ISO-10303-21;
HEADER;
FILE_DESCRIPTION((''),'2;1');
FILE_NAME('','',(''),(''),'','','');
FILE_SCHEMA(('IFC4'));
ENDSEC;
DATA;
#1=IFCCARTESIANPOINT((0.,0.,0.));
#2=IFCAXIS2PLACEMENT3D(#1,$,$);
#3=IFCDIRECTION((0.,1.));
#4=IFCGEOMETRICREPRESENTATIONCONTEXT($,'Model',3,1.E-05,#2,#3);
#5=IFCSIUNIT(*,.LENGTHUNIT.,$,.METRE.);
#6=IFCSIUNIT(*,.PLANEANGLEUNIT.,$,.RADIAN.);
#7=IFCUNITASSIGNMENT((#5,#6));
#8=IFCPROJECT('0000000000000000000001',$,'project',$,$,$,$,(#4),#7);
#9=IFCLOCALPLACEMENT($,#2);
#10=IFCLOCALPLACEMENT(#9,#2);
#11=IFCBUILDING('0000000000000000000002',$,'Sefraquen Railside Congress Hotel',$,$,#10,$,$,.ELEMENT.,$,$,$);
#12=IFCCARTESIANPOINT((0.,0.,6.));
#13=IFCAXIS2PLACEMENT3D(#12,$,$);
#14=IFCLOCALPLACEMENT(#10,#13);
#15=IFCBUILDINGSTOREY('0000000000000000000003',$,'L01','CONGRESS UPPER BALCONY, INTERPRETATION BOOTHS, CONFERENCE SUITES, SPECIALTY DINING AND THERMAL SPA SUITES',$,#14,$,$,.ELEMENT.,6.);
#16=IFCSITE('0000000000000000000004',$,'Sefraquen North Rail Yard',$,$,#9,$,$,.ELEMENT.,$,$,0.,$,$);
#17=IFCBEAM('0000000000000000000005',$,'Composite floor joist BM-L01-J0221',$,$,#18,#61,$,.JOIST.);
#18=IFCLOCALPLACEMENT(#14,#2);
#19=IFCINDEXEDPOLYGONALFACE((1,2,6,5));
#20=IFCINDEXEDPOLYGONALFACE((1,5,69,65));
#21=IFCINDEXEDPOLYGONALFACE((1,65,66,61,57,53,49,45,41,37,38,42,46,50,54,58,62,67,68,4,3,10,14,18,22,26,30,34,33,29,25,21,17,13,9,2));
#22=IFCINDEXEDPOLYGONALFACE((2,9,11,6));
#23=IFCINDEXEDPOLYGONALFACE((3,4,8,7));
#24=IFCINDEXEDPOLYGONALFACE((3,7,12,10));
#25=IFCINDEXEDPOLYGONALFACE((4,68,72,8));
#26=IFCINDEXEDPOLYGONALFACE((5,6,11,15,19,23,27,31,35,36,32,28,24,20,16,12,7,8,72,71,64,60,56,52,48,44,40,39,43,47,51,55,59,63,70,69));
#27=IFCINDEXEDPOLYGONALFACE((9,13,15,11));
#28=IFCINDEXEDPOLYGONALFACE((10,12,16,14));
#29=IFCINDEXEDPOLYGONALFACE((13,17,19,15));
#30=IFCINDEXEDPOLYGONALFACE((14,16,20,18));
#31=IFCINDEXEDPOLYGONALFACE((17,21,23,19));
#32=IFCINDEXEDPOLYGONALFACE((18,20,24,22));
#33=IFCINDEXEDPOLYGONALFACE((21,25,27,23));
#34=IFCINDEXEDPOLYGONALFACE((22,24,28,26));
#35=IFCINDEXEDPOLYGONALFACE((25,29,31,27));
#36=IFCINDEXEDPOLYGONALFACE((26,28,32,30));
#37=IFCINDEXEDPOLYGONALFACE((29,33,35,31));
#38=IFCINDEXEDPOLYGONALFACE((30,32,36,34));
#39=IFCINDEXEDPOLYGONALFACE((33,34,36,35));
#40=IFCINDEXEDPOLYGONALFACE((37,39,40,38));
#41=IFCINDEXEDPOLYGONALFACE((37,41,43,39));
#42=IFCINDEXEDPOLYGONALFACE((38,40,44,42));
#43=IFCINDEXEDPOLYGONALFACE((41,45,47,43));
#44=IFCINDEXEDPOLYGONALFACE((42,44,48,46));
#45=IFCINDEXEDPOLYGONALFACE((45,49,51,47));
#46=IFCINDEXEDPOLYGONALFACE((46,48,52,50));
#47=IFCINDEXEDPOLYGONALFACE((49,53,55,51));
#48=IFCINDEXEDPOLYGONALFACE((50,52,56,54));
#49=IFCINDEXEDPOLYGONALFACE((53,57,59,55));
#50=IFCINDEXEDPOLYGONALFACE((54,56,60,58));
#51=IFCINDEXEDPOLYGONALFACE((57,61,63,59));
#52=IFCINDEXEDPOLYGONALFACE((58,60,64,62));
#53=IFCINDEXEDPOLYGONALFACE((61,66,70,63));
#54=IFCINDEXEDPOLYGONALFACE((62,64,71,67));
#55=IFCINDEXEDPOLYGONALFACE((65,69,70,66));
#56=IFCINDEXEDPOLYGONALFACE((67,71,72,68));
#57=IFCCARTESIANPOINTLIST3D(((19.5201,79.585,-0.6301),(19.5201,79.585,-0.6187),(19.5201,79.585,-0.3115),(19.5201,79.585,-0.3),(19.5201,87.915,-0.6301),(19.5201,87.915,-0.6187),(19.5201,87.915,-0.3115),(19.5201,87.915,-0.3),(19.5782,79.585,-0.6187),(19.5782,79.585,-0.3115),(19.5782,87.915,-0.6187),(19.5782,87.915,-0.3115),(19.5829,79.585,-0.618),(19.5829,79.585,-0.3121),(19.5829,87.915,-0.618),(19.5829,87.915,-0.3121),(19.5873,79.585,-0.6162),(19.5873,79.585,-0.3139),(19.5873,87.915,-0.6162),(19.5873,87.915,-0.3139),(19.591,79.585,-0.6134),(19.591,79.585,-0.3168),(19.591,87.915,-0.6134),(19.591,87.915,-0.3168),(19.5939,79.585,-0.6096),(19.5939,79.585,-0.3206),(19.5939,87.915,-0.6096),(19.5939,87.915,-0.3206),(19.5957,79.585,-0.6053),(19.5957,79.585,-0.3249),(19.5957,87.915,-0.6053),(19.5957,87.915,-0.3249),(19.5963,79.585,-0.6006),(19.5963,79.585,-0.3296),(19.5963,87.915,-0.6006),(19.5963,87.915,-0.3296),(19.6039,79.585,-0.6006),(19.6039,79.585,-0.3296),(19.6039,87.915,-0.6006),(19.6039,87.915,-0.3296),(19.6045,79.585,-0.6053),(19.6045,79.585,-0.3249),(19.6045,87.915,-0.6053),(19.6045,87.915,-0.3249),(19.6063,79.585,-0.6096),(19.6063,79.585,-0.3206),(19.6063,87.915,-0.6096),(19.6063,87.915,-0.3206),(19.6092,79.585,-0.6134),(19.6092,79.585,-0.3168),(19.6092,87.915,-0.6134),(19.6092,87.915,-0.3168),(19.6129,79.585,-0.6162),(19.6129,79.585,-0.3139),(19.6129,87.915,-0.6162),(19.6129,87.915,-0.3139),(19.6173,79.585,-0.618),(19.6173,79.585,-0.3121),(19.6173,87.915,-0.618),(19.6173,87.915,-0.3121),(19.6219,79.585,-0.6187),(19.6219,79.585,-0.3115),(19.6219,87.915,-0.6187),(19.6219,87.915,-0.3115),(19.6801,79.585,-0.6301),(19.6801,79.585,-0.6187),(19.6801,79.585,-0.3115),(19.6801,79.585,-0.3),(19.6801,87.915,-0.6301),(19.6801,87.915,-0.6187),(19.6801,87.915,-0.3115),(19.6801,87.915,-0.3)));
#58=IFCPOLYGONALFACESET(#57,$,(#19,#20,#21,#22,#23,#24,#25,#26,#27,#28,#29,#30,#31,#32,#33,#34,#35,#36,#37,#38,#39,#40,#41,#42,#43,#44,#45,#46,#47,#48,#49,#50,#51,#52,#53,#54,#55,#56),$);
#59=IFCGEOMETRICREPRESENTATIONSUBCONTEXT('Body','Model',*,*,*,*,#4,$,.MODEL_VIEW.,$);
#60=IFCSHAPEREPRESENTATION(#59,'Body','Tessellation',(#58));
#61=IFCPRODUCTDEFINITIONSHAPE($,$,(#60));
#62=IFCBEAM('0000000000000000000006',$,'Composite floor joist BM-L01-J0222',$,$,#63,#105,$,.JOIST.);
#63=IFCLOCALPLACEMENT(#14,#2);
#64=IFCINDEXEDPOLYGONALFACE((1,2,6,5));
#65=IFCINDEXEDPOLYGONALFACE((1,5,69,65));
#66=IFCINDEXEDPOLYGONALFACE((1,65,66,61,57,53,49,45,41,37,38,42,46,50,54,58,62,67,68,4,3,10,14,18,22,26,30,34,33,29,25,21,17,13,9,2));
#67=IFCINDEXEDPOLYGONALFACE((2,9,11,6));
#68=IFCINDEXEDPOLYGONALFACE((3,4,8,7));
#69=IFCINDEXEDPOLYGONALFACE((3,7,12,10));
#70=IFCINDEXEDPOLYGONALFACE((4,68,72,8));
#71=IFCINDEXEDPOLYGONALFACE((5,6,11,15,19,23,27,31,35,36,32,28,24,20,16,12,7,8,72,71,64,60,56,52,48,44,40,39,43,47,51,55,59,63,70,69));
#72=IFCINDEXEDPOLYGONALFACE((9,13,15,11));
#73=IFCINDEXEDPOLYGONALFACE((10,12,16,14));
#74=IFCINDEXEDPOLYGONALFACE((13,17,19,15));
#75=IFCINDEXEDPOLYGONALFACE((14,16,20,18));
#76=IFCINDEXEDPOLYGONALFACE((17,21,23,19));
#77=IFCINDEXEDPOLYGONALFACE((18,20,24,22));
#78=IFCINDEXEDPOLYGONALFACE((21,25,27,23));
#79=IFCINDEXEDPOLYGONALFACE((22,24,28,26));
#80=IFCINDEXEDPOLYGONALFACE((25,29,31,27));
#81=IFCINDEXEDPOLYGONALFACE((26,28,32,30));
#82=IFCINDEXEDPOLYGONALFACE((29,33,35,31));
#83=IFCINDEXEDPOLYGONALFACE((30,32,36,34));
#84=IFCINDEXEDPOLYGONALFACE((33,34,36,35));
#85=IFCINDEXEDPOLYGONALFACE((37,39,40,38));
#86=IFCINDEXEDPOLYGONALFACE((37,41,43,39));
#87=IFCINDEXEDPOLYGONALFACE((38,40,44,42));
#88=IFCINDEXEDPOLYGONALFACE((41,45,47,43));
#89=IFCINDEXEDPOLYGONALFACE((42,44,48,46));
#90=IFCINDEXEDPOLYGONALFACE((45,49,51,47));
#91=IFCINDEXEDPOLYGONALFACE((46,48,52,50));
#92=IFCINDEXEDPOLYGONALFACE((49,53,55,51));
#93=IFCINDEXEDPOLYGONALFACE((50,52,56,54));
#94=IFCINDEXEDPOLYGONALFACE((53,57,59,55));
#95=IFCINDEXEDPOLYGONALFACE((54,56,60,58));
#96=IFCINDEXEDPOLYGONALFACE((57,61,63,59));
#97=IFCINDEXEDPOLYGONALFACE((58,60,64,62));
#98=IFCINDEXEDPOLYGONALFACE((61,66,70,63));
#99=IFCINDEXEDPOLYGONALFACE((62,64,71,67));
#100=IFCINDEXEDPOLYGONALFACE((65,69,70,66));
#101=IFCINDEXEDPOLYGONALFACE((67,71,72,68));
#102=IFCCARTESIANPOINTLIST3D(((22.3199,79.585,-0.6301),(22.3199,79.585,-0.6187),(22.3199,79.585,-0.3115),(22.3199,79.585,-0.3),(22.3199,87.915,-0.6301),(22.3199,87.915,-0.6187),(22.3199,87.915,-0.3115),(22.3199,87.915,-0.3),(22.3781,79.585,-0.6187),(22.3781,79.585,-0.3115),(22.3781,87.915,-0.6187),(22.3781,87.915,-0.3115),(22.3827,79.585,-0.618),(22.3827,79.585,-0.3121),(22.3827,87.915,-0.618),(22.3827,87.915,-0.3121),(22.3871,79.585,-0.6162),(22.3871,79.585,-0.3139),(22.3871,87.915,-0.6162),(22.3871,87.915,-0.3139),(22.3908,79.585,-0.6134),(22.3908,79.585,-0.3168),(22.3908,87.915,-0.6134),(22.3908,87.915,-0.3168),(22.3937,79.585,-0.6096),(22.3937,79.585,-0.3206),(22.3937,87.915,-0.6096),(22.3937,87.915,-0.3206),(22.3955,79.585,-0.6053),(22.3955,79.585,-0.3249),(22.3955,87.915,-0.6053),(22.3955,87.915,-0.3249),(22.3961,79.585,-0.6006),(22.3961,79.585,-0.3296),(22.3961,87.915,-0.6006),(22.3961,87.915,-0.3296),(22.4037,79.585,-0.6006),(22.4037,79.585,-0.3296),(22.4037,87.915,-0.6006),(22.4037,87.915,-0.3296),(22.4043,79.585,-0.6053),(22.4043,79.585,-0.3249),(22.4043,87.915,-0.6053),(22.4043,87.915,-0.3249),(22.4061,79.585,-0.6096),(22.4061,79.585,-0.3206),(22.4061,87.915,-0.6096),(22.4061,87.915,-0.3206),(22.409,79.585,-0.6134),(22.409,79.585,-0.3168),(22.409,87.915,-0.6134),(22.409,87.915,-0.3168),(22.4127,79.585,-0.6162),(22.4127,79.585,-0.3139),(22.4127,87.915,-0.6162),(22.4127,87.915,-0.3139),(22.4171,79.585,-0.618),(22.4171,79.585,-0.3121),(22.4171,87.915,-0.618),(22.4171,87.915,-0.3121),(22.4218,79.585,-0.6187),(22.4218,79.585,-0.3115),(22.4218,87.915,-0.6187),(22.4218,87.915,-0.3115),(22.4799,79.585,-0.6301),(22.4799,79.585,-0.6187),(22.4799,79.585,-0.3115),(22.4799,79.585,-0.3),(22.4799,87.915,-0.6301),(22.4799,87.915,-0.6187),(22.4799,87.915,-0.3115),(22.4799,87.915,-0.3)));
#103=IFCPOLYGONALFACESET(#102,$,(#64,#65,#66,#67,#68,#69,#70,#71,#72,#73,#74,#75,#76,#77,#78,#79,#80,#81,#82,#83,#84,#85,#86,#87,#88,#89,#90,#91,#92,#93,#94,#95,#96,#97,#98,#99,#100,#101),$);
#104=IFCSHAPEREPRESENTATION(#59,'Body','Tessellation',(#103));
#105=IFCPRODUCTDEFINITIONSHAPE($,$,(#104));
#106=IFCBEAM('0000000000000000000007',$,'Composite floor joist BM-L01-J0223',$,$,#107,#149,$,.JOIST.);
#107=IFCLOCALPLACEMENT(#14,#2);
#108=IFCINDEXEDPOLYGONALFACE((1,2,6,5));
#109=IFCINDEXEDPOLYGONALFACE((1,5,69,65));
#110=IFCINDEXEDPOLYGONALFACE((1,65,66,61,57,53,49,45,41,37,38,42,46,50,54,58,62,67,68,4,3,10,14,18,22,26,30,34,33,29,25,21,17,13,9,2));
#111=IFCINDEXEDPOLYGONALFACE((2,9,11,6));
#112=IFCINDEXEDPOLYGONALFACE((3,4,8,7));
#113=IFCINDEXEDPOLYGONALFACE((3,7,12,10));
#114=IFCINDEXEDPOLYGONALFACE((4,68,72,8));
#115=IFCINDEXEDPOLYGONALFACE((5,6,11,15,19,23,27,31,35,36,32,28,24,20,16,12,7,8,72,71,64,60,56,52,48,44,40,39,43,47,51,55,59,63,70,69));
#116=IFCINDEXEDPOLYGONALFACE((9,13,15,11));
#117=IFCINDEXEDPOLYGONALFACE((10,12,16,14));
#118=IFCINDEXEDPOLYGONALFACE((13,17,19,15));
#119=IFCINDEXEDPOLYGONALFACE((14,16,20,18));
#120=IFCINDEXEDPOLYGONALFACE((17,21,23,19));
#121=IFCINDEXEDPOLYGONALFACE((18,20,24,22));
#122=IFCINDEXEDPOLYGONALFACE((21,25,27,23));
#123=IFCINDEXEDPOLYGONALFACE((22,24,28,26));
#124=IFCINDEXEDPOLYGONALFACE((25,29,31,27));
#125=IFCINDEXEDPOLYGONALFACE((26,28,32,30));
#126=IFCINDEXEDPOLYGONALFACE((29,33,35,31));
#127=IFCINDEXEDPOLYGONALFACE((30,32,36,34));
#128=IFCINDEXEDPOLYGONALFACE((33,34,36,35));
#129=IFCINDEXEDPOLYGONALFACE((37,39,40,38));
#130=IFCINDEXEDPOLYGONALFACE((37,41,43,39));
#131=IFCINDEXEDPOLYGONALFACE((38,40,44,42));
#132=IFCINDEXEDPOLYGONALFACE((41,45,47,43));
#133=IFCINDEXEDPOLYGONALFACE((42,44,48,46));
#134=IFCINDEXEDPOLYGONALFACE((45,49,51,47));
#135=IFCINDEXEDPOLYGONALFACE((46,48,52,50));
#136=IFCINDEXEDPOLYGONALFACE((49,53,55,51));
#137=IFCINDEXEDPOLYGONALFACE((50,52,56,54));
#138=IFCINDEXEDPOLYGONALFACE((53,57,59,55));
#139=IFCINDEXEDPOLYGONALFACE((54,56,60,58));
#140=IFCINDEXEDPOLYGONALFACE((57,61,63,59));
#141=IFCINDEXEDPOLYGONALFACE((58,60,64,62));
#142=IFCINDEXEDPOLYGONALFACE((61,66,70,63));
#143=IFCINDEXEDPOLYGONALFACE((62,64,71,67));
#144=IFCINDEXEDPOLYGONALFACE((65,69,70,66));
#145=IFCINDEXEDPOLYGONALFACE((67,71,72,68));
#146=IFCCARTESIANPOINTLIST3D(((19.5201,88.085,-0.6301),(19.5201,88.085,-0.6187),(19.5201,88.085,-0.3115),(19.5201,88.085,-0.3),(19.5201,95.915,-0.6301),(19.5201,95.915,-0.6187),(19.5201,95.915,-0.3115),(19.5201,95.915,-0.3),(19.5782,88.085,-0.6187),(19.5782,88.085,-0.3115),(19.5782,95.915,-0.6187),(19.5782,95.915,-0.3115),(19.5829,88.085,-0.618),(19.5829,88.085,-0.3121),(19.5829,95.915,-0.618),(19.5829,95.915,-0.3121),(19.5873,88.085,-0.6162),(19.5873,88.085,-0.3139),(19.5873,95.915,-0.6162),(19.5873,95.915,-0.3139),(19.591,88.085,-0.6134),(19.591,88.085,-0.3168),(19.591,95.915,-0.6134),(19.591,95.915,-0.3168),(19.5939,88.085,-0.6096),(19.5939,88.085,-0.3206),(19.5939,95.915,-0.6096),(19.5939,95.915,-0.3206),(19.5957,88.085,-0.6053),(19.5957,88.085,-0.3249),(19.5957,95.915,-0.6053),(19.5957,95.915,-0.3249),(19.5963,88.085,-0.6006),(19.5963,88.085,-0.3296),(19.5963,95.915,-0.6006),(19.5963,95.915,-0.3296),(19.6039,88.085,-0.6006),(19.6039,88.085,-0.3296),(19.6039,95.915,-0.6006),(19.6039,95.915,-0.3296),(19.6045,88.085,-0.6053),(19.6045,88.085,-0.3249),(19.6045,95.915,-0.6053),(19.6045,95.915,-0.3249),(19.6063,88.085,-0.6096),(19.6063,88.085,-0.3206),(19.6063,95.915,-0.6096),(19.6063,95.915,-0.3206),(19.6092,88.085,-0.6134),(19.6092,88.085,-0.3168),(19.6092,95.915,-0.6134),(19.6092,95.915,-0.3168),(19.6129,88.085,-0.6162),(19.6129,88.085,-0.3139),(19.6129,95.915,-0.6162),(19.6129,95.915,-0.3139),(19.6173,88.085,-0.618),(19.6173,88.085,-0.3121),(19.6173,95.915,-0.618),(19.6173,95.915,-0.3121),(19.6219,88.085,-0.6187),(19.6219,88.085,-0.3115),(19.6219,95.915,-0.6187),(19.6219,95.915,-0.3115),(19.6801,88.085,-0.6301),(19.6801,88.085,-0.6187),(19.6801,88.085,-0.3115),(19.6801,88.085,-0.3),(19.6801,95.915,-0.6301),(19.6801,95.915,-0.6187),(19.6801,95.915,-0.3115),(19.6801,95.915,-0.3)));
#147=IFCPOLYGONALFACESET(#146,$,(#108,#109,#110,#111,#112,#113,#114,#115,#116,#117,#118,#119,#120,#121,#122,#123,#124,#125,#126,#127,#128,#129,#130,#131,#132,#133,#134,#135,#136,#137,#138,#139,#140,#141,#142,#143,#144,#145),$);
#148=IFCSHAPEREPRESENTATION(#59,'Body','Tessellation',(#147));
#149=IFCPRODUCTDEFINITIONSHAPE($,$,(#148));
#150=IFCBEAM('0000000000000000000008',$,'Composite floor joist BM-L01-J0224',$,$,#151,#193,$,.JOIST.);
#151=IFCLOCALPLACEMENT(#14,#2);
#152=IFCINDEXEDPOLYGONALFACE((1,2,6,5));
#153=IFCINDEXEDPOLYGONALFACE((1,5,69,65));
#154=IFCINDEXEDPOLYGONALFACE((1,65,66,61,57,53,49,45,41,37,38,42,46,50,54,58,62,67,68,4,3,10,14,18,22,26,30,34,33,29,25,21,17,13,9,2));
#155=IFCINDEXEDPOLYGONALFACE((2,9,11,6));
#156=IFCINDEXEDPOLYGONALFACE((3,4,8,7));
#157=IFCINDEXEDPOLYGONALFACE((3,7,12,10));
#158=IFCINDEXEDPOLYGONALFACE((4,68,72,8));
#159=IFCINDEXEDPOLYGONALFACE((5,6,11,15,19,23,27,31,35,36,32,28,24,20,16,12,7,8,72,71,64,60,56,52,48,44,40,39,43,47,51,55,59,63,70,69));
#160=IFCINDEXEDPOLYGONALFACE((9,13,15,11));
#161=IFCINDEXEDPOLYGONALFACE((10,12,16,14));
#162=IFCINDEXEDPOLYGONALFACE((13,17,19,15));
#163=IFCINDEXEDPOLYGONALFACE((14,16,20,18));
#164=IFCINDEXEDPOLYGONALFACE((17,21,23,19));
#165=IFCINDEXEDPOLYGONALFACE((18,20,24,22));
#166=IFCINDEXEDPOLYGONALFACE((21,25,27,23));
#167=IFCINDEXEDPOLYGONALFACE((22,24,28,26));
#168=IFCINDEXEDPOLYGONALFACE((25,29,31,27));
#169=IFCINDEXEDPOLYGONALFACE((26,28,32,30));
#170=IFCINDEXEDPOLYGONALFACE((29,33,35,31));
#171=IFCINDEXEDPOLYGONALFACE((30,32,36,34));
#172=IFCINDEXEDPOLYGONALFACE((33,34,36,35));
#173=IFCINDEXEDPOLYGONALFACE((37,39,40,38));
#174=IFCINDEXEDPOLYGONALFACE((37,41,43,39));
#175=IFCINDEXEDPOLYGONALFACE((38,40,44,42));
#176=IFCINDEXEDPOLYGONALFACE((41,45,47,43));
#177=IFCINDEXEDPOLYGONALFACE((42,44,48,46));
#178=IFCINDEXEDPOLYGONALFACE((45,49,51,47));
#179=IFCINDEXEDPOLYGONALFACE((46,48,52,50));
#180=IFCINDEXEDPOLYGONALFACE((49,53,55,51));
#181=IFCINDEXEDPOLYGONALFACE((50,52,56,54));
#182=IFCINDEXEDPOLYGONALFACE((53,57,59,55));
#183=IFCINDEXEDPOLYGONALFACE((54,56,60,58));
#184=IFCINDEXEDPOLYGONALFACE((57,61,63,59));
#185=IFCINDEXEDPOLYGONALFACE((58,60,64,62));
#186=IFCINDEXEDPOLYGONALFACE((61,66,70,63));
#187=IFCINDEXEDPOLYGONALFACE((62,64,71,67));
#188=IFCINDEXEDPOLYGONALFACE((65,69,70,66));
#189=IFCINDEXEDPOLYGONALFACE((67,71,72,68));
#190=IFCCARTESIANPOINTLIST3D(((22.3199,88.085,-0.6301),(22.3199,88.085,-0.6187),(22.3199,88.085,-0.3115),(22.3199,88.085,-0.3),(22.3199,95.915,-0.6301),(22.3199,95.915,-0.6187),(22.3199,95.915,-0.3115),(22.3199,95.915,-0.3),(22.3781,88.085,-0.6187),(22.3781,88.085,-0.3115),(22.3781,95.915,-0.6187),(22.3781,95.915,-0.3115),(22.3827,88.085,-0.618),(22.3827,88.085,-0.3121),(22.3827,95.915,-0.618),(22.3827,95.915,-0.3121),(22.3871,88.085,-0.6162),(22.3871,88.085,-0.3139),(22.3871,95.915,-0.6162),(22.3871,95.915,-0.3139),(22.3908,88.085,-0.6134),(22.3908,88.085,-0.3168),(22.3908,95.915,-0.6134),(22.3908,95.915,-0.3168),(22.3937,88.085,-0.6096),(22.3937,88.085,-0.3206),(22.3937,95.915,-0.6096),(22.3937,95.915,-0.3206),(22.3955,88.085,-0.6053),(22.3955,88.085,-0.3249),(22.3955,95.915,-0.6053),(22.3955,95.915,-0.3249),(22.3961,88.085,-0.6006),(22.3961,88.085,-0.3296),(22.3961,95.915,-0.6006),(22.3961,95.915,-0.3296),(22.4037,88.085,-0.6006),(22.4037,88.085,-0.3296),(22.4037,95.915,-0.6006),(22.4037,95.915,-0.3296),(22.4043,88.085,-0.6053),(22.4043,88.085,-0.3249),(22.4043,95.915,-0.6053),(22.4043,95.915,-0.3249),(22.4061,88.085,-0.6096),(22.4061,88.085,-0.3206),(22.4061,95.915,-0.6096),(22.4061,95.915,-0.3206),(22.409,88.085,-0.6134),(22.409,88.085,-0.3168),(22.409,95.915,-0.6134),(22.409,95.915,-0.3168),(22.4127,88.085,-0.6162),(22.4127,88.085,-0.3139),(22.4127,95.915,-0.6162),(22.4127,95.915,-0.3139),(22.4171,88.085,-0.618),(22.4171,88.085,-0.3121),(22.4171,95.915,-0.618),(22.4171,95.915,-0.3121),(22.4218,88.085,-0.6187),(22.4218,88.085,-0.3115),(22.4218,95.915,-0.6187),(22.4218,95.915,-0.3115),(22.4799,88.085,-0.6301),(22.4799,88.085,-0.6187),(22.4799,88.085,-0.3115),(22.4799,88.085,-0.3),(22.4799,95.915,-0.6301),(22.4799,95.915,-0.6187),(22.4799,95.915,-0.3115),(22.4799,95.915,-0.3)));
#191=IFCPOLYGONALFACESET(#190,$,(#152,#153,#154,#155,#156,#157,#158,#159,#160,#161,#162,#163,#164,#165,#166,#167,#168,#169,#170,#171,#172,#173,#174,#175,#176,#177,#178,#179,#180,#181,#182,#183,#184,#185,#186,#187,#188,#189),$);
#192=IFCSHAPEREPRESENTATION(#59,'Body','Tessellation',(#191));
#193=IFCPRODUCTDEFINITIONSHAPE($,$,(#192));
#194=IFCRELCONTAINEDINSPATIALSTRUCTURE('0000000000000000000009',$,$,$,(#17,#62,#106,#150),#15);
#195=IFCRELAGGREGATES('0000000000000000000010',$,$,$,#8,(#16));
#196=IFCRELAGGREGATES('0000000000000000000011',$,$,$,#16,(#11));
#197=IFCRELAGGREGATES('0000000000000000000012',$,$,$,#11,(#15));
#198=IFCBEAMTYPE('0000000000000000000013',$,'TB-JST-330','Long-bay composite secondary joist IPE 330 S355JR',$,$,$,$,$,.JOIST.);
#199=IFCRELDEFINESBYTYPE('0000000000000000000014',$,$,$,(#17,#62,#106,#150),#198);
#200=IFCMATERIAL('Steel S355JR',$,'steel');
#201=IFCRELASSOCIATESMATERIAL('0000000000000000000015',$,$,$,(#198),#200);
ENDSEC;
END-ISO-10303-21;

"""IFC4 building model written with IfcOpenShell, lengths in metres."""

from ifc_helpers import new_model, si_unit, direction, frame, origin, origin_2d, place, context, subcontext, project, spatial, i_section, extrude, material, material_profile, profile_set, type_object, element, save


model = new_model("IFC4")

# Units and contexts
model_context = context("Model", 3, precision=1e-05, world=origin(), true_north=direction((0.0, 1.0)))
body_context = subcontext(model_context, "Body", "Model", "MODEL_VIEW")
ifc_project = project(units=[si_unit("LENGTHUNIT", "METRE"), si_unit("PLANEANGLEUNIT", "RADIAN")], contexts=[model_context])

# Site, building, storey
site_placement = place(None, origin())
site = spatial("IfcSite", under=ifc_project, at=site_placement, Name="Sefraquen North Rail Yard", CompositionType="ELEMENT", RefElevation=0.0)
building_placement = place(site_placement, origin())
building = spatial("IfcBuilding", under=site, at=building_placement, Name="Sefraquen Railside Congress Hotel", CompositionType="ELEMENT")
storey_placement = place(building_placement, frame((0.0, 0.0, 6.0)))
storey = spatial("IfcBuildingStorey", under=building, at=storey_placement, Name="L01", Description="CONGRESS UPPER BALCONY, INTERPRETATION BOOTHS, CONFERENCE SUITES, SPECIALTY DINING AND THERMAL SPA SUITES", CompositionType="ELEMENT", Elevation=6.0)

# Shared definitions
ifc_material_1 = material(Name="Steel S355JR", Category="steel")

# Beams
ifc_material_profile_1 = material_profile(ifc_material_1, i_section(OverallWidth=0.1599, OverallDepth=0.3301, WebThickness=0.0076, FlangeThickness=0.0115, FilletRadius=0.0181, at=origin_2d()), Name="IPE 330")
ifc_profile_set_1 = profile_set([ifc_material_profile_1], Name="Steel S355JR")
beam_type_1 = type_object("IfcBeamType", Name="TB-JST-330", Description="Long-bay composite secondary joist IPE 330 S355JR", PredefinedType="JOIST", material=ifc_profile_set_1)
for number, where, z_axis, x_axis, name in (
    (1, (19.6001, 79.585, -0.4651), (0.0, 1.0, 0.0), (-1.0, 0.0, 0.0), "Composite floor joist BM-L01-J0221"),
    (2, (22.3999, 79.585, -0.4651), (0.0, 1.0, 0.0), (-1.0, 0.0, 0.0), "Composite floor joist BM-L01-J0222"),
):
    element("IfcBeam", number, at=place(storey_placement, frame(where, z_axis=z_axis, x_axis=x_axis)), inside=storey, type_object=beam_type_1, Name=name, PredefinedType="JOIST", context=body_context, shape_type="SweptSolid", body=[
        extrude(i_section(OverallWidth=0.1599, OverallDepth=0.3301, WebThickness=0.0076, FlangeThickness=0.0115, FilletRadius=0.0181, at=origin_2d()), origin(), (0.0, 0.0, 1.0), 8.3301),
    ])
for number, where, z_axis, x_axis, name in (
    (3, (19.6001, 88.085, -0.4651), (0.0, 1.0, 0.0), (-1.0, 0.0, 0.0), "Composite floor joist BM-L01-J0223"),
    (4, (22.3999, 88.085, -0.4651), (0.0, 1.0, 0.0), (-1.0, 0.0, 0.0), "Composite floor joist BM-L01-J0224"),
):
    element("IfcBeam", number, at=place(storey_placement, frame(where, z_axis=z_axis, x_axis=x_axis)), inside=storey, type_object=beam_type_1, Name=name, PredefinedType="JOIST", context=body_context, shape_type="SweptSolid", body=[
        extrude(i_section(OverallWidth=0.1599, OverallDepth=0.3301, WebThickness=0.0076, FlangeThickness=0.0115, FilletRadius=0.0181, at=origin_2d()), origin(), (0.0, 0.0, 1.0), 7.8301),
    ])

save(model, "model.ifc")
